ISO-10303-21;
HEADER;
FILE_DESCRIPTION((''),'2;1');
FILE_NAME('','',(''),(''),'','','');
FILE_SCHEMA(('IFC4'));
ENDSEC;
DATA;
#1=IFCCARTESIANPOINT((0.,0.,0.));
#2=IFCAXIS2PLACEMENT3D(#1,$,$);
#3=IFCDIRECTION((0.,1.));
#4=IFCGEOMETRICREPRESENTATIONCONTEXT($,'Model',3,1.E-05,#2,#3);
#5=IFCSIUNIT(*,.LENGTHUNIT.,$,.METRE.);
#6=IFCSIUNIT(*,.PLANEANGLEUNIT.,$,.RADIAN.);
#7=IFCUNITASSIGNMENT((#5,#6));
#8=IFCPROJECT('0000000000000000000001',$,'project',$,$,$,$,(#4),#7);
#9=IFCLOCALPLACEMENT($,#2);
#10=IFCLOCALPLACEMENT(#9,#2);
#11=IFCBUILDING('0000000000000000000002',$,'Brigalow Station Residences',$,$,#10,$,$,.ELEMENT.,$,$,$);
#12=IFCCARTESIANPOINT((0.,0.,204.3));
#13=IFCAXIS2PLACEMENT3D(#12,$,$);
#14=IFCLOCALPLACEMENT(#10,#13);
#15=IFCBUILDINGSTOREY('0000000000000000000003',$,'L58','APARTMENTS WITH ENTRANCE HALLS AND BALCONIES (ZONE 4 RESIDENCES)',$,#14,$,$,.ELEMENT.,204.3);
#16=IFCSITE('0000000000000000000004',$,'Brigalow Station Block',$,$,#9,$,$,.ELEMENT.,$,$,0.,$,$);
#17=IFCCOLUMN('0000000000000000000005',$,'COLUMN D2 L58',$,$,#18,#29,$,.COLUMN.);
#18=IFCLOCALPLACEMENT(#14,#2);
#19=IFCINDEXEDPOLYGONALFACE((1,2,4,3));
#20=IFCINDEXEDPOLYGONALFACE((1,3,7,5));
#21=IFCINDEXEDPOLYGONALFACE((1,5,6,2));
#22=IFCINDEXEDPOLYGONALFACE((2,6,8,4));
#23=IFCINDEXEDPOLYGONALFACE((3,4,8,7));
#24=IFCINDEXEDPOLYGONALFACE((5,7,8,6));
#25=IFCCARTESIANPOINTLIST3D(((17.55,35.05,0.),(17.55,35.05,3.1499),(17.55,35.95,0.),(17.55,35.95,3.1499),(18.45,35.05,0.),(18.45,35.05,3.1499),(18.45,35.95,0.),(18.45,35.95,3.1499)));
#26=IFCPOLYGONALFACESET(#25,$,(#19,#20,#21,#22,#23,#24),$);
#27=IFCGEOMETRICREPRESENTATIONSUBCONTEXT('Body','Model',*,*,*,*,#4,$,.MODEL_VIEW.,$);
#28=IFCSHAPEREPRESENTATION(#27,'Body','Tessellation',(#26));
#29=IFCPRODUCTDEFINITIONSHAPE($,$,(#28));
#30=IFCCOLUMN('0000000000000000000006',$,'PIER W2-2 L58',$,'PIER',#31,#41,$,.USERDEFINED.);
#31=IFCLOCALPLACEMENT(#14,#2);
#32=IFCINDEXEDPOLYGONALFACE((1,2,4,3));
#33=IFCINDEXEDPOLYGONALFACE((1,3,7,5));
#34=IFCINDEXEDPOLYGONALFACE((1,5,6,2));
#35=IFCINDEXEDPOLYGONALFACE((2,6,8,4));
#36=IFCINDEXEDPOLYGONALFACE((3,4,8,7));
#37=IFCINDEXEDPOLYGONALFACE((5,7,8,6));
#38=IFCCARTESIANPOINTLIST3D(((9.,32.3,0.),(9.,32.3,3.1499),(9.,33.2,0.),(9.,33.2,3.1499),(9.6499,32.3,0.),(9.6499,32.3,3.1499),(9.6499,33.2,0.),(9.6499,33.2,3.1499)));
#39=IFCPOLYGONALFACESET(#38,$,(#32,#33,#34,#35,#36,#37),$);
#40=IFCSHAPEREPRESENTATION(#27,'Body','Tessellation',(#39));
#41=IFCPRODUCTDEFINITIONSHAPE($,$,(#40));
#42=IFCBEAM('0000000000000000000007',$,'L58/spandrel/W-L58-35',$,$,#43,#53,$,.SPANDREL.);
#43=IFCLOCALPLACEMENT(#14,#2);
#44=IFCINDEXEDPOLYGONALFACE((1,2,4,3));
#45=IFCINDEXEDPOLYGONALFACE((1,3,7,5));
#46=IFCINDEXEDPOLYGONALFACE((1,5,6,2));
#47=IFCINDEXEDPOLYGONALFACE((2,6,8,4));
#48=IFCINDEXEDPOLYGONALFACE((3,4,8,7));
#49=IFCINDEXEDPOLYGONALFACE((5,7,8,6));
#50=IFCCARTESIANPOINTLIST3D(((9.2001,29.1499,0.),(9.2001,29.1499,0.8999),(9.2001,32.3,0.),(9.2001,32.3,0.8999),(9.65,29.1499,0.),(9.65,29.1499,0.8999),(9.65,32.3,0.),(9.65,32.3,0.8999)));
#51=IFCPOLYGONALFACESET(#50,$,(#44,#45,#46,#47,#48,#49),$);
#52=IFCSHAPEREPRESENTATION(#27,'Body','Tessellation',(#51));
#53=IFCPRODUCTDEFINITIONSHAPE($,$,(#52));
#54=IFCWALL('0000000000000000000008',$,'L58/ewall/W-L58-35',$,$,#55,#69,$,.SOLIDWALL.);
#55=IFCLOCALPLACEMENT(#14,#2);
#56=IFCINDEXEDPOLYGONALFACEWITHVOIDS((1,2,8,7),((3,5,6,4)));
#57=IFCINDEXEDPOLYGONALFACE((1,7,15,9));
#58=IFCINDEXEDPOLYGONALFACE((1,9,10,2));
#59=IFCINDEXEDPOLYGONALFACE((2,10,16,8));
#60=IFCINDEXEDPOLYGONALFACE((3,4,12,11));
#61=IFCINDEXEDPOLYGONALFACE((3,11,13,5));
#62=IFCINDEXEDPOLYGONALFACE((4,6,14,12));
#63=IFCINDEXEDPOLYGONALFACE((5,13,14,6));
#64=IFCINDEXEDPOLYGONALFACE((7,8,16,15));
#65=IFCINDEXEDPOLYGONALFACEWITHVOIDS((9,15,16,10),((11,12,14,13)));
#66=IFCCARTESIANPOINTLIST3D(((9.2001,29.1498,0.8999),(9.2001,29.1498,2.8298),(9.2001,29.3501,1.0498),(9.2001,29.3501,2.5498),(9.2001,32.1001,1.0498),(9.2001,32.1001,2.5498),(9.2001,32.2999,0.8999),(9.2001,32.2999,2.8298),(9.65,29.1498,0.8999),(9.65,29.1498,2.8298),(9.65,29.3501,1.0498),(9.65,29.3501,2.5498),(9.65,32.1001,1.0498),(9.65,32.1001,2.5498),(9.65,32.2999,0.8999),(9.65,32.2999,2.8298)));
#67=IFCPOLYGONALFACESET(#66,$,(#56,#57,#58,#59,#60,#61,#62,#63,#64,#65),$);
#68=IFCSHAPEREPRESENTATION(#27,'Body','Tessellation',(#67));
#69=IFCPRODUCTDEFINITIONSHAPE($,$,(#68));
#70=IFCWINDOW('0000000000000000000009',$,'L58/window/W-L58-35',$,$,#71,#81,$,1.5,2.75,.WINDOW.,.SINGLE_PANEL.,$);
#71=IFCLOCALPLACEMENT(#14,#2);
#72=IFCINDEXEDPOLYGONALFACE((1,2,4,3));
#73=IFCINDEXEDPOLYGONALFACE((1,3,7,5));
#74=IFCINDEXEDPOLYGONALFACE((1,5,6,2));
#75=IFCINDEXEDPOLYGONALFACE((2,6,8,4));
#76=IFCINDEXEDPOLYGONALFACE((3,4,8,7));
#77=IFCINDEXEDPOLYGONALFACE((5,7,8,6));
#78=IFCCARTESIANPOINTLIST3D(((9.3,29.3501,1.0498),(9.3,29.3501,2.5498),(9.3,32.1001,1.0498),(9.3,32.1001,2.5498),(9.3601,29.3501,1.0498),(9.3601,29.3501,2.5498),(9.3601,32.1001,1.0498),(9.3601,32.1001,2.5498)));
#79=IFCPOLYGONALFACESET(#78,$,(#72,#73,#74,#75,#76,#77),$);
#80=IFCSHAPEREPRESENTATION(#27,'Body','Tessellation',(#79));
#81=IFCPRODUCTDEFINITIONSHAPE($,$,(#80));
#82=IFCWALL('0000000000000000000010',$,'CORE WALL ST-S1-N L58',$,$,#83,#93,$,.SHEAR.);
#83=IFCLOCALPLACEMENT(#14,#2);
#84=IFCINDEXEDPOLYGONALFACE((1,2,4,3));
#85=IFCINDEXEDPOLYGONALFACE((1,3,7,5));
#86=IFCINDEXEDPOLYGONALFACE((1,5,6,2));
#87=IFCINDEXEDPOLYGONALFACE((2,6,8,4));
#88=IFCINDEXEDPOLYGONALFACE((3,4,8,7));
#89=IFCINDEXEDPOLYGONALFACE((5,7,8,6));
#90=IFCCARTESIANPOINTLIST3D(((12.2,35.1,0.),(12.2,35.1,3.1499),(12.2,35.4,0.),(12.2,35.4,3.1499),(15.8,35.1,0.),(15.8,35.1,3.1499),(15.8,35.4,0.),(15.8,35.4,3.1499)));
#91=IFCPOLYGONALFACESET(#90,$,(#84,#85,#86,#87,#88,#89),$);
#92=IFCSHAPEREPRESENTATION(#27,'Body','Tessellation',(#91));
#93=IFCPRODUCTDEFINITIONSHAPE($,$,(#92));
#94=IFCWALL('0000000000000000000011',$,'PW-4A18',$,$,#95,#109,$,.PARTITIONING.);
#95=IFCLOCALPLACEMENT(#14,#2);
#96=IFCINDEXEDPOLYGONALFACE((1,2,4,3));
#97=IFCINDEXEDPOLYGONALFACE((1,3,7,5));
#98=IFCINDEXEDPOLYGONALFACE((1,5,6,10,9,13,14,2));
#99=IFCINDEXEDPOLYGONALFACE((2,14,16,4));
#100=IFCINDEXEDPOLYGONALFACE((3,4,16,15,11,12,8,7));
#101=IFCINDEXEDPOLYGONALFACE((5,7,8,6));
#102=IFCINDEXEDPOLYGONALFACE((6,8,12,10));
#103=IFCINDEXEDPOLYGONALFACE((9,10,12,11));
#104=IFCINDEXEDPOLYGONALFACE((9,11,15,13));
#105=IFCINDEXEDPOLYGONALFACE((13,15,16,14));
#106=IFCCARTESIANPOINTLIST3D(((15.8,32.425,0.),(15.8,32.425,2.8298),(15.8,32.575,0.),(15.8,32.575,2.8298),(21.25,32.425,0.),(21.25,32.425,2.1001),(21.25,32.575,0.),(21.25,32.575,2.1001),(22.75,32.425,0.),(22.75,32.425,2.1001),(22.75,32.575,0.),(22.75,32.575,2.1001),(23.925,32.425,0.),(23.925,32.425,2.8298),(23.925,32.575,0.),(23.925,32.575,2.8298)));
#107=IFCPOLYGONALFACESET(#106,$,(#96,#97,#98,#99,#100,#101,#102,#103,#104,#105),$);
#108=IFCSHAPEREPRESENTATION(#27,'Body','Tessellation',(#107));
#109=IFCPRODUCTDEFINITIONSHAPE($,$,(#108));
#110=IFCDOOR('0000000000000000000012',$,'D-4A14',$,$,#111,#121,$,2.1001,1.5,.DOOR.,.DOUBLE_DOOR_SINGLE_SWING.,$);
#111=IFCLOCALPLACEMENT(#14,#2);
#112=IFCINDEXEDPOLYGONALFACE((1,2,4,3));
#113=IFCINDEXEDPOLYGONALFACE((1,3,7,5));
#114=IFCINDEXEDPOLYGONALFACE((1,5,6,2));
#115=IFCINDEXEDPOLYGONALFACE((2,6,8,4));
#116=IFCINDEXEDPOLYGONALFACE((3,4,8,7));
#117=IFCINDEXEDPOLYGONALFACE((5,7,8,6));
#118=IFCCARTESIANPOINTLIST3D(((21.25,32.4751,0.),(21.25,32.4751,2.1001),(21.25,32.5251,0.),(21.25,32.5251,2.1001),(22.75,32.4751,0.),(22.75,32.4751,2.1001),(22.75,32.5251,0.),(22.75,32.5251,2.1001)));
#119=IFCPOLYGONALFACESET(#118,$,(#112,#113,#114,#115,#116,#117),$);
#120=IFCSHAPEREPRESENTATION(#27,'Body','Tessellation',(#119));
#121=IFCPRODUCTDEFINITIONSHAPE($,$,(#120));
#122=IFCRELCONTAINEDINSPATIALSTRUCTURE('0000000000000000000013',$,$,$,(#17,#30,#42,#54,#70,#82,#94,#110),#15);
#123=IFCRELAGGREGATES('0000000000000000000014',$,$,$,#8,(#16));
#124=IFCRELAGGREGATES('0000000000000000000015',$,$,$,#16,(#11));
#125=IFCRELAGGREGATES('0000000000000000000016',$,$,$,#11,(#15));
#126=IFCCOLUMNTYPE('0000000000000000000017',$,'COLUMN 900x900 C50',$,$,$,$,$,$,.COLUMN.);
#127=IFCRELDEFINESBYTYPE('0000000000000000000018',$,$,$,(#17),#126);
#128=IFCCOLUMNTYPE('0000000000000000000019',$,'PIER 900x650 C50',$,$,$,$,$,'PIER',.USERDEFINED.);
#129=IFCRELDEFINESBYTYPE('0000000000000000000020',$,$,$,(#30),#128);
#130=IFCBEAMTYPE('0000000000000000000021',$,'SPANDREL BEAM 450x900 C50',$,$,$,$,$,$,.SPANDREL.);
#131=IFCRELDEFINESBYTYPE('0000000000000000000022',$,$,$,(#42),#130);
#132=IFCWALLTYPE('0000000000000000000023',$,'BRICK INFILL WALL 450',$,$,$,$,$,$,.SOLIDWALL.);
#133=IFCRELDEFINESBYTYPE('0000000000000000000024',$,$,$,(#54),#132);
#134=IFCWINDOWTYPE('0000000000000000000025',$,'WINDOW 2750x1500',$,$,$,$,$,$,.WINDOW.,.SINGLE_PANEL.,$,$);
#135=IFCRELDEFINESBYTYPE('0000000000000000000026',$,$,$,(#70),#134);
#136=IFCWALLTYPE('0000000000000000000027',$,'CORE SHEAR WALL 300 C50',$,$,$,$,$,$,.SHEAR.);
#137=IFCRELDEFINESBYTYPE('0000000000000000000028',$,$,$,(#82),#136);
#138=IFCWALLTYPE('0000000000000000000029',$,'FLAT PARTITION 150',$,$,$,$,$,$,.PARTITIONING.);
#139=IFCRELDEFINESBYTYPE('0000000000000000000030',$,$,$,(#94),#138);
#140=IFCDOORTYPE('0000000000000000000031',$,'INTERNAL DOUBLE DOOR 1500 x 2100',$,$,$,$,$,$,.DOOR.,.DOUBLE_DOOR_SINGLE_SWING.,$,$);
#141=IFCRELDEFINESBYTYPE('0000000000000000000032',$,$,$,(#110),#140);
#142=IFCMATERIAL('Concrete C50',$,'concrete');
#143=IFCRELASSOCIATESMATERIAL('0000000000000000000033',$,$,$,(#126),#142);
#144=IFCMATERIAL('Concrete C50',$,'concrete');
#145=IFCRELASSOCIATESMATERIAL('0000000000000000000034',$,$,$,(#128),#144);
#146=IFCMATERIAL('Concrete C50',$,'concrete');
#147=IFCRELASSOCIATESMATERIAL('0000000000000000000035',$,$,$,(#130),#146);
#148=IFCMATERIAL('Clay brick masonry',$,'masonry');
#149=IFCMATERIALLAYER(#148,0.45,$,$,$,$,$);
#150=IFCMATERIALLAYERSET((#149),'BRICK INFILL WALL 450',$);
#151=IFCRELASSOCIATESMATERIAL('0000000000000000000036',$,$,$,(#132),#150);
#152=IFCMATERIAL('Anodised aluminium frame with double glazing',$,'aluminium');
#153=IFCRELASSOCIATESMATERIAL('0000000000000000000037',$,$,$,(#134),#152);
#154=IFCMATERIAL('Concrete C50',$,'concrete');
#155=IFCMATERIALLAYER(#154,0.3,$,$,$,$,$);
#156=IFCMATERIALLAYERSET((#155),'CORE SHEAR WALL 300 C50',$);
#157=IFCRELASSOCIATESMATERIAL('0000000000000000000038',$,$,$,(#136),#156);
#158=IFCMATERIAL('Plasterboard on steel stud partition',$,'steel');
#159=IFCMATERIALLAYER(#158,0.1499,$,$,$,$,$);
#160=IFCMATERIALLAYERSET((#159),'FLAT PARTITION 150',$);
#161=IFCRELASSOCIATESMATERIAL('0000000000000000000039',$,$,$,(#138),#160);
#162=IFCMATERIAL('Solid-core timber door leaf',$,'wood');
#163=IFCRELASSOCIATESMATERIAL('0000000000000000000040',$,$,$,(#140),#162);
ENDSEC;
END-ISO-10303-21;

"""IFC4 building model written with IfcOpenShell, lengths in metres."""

from ifc_helpers import new_model, si_unit, direction, frame, frame_2d, origin, origin_2d, place, context, subcontext, project, spatial, rectangle, extrude, material, layer, layer_set, material_profile, profile_set, type_object, element, fill, save


model = new_model("IFC4")

# Units and contexts
model_context = context("Model", 3, precision=1e-05, world=origin(), true_north=direction((0.0, 1.0)))
body_context = subcontext(model_context, "Body", "Model", "MODEL_VIEW")
ifc_project = project(units=[si_unit("LENGTHUNIT", "METRE"), si_unit("PLANEANGLEUNIT", "RADIAN")], contexts=[model_context])

# Site, building, storey
site_placement = place(None, origin())
site = spatial("IfcSite", under=ifc_project, at=site_placement, Name="Brigalow Station Block", CompositionType="ELEMENT", RefElevation=0.0)
building_placement = place(site_placement, origin())
building = spatial("IfcBuilding", under=site, at=building_placement, Name="Brigalow Station Residences", CompositionType="ELEMENT")
storey_placement = place(building_placement, frame((0.0, 0.0, 204.3)))
storey = spatial("IfcBuildingStorey", under=building, at=storey_placement, Name="L58", Description="APARTMENTS WITH ENTRANCE HALLS AND BALCONIES (ZONE 4 RESIDENCES)", CompositionType="ELEMENT", Elevation=204.3)

# Columns
ifc_material_1 = material(Name="Concrete C50", Category="concrete")
ifc_material_profile_1 = material_profile(ifc_material_1, rectangle(XDim=0.8999, YDim=0.8999, at=origin_2d()), Name="RC900x900")
ifc_profile_set_1 = profile_set([ifc_material_profile_1], Name="Concrete C50")
column_type_1 = type_object("IfcColumnType", Name="COLUMN 900x900 C50", PredefinedType="COLUMN", material=ifc_profile_set_1)
column_1_placement = place(storey_placement, frame((18.0, 35.5, 0.0), z_axis=(0.0, 0.0, 1.0), x_axis=(1.0, 0.0, 0.0)))
element("IfcColumn", 1, at=column_1_placement, inside=storey, type_object=column_type_1, Name="COLUMN D2 L58", PredefinedType="COLUMN", context=body_context, shape_type="SweptSolid", body=[
    extrude(rectangle(XDim=0.8999, YDim=0.8999, at=origin_2d()), origin(), (0.0, 0.0, 1.0), 3.1499),
])
ifc_material_2 = material(Name="Concrete C50", Category="concrete")
ifc_material_profile_2 = material_profile(ifc_material_2, rectangle(XDim=0.8999, YDim=0.6499, at=origin_2d()), Name="RC900x650")
ifc_profile_set_2 = profile_set([ifc_material_profile_2], Name="Concrete C50")
column_type_2 = type_object("IfcColumnType", Name="PIER 900x650 C50", ElementType="PIER", PredefinedType="USERDEFINED", material=ifc_profile_set_2)
column_2_placement = place(storey_placement, frame((9.325, 32.75, 0.0), z_axis=(0.0, 0.0, 1.0), x_axis=(0.0, -1.0, 0.0)))
element("IfcColumn", 2, at=column_2_placement, inside=storey, type_object=column_type_2, Name="PIER W2-2 L58", ObjectType="PIER", PredefinedType="USERDEFINED", context=body_context, shape_type="SweptSolid", body=[
    extrude(rectangle(XDim=0.8999, YDim=0.6499, at=origin_2d()), origin(), (0.0, 0.0, 1.0), 3.1499),
])

# Beam
ifc_material_3 = material(Name="Concrete C50", Category="concrete")
ifc_material_profile_3 = material_profile(ifc_material_3, rectangle(XDim=0.45, YDim=0.8999, at=origin_2d()), Name="RC450x900")
ifc_profile_set_3 = profile_set([ifc_material_profile_3], Name="Concrete C50")
beam_type = type_object("IfcBeamType", Name="SPANDREL BEAM 450x900 C50", PredefinedType="SPANDREL", material=ifc_profile_set_3)
beam_placement = place(storey_placement, frame((9.425, 32.3, 0.45), z_axis=(0.0, -1.0, 0.0), x_axis=(1.0, 0.0, 0.0)))
element("IfcBeam", 3, at=beam_placement, inside=storey, type_object=beam_type, Name="L58/spandrel/W-L58-35", PredefinedType="SPANDREL", context=body_context, shape_type="SweptSolid", body=[
    extrude(rectangle(XDim=0.45, YDim=0.8999, at=origin_2d()), origin(), (0.0, 0.0, 1.0), 3.1501),
])

# Wall, opening, window
ifc_material_4 = material(Name="Clay brick masonry", Category="masonry")
ifc_layer_1 = layer(ifc_material_4, 0.45)
ifc_layer_set_1 = layer_set([ifc_layer_1], Name="BRICK INFILL WALL 450")
wall_type_1 = type_object("IfcWallType", Name="BRICK INFILL WALL 450", PredefinedType="SOLIDWALL", material=ifc_layer_set_1)
wall_1_placement = place(storey_placement, frame((9.425, 32.3, 0.8999), z_axis=(0.0, 0.0, 1.0), x_axis=(0.0, -1.0, 0.0)))
wall_1 = element("IfcWall", 4, at=wall_1_placement, inside=storey, type_object=wall_type_1, Name="L58/ewall/W-L58-35", PredefinedType="SOLIDWALL", context=body_context, shape_type="SweptSolid", body=[
    extrude(rectangle(XDim=3.1501, YDim=0.45, at=frame_2d((1.5752, 0.0))), origin(), (0.0, 0.0, 1.0), 1.9299),
])
opening_1_placement = place(wall_1_placement, frame((0.2, 0.0, 0.1499)))
opening_1 = element("IfcOpeningElement", 5, at=opening_1_placement, cuts=wall_1, PredefinedType="OPENING", context=body_context, shape_type="SweptSolid", body=[
    extrude(rectangle(XDim=2.75, YDim=1.5, at=frame_2d((1.375, 0.75))), frame((0.0, 0.2349, 0.0), z_axis=(0.0, -1.0, 0.0), x_axis=(1.0, 0.0, 0.0)), (0.0, 0.0, 1.0), 0.47),
])
ifc_material_5 = material(Name="Anodised aluminium frame with double glazing", Category="aluminium")
window_type = type_object("IfcWindowType", Name="WINDOW 2750x1500", PartitioningType="SINGLE_PANEL", PredefinedType="WINDOW", material=ifc_material_5)
window_placement = place(opening_1_placement, origin())
window = element("IfcWindow", 6, at=window_placement, inside=storey, type_object=window_type, Name="L58/window/W-L58-35", OverallHeight=1.5, OverallWidth=2.75, PartitioningType="SINGLE_PANEL", PredefinedType="WINDOW", context=body_context, shape_type="SweptSolid", body=[
    extrude(rectangle(XDim=2.75, YDim=1.5, at=frame_2d((1.375, 0.75))), frame((0.0, -0.0649, 0.0), z_axis=(0.0, -1.0, 0.0), x_axis=(1.0, 0.0, 0.0)), (0.0, 0.0, 1.0), 0.0601),
])
fill(opening_1, window)

# Wall
ifc_material_6 = material(Name="Concrete C50", Category="concrete")
ifc_layer_2 = layer(ifc_material_6, 0.3)
ifc_layer_set_2 = layer_set([ifc_layer_2], Name="CORE SHEAR WALL 300 C50")
wall_type_2 = type_object("IfcWallType", Name="CORE SHEAR WALL 300 C50", PredefinedType="SHEAR", material=ifc_layer_set_2)
wall_2_placement = place(storey_placement, frame((12.2, 35.25, 0.0), z_axis=(0.0, 0.0, 1.0), x_axis=(1.0, 0.0, 0.0)))
element("IfcWall", 7, at=wall_2_placement, inside=storey, type_object=wall_type_2, Name="CORE WALL ST-S1-N L58", PredefinedType="SHEAR", context=body_context, shape_type="SweptSolid", body=[
    extrude(rectangle(XDim=3.6001, YDim=0.3, at=frame_2d((1.8, 0.0))), origin(), (0.0, 0.0, 1.0), 3.1499),
])

# Wall, opening, door
ifc_material_7 = material(Name="Plasterboard on steel stud partition", Category="steel")
ifc_layer_3 = layer(ifc_material_7, 0.1499)
ifc_layer_set_3 = layer_set([ifc_layer_3], Name="FLAT PARTITION 150")
wall_type_3 = type_object("IfcWallType", Name="FLAT PARTITION 150", PredefinedType="PARTITIONING", material=ifc_layer_set_3)
wall_3_placement = place(storey_placement, frame((15.8, 32.5, 0.0), z_axis=(0.0, 0.0, 1.0), x_axis=(1.0, 0.0, 0.0)))
wall_3 = element("IfcWall", 8, at=wall_3_placement, inside=storey, type_object=wall_type_3, Name="PW-4A18", PredefinedType="PARTITIONING", context=body_context, shape_type="SweptSolid", body=[
    extrude(rectangle(XDim=8.125, YDim=0.1499, at=frame_2d((4.0625, 0.0))), origin(), (0.0, 0.0, 1.0), 2.8298),
])
opening_2_placement = place(wall_3_placement, frame((5.45, 0.0, 0.0)))
opening_2 = element("IfcOpeningElement", 9, at=opening_2_placement, cuts=wall_3, PredefinedType="OPENING", context=body_context, shape_type="SweptSolid", body=[
    extrude(rectangle(XDim=1.5, YDim=2.1001, at=frame_2d((0.75, 1.05))), frame((0.0, 0.085, 0.0), z_axis=(0.0, -1.0, 0.0), x_axis=(1.0, 0.0, 0.0)), (0.0, 0.0, 1.0), 0.1699),
])
ifc_material_8 = material(Name="Solid-core timber door leaf", Category="wood")
door_type_1 = type_object("IfcDoorType", Name="INTERNAL DOUBLE DOOR 1500 x 2100", OperationType="DOUBLE_DOOR_SINGLE_SWING", PredefinedType="DOOR", material=ifc_material_8)
door_1_placement = place(opening_2_placement, frame((1.5, 0.0, 0.0), z_axis=(0.0, 0.0, 1.0), x_axis=(-1.0, 0.0, 0.0)))
door_1 = element("IfcDoor", 10, at=door_1_placement, inside=storey, type_object=door_type_1, Name="D-4A14", OperationType="DOUBLE_DOOR_SINGLE_SWING", OverallHeight=2.1001, OverallWidth=1.5, PredefinedType="DOOR", context=body_context, shape_type="SweptSolid", body=[
    extrude(rectangle(XDim=1.5, YDim=2.1001, at=frame_2d((0.75, 1.05))), frame((0.0, 0.0249, 0.0), z_axis=(0.0, -1.0, 0.0), x_axis=(1.0, 0.0, 0.0)), (0.0, 0.0, 1.0), 0.05),
])
fill(opening_2, door_1)

save(model, "model.ifc")
